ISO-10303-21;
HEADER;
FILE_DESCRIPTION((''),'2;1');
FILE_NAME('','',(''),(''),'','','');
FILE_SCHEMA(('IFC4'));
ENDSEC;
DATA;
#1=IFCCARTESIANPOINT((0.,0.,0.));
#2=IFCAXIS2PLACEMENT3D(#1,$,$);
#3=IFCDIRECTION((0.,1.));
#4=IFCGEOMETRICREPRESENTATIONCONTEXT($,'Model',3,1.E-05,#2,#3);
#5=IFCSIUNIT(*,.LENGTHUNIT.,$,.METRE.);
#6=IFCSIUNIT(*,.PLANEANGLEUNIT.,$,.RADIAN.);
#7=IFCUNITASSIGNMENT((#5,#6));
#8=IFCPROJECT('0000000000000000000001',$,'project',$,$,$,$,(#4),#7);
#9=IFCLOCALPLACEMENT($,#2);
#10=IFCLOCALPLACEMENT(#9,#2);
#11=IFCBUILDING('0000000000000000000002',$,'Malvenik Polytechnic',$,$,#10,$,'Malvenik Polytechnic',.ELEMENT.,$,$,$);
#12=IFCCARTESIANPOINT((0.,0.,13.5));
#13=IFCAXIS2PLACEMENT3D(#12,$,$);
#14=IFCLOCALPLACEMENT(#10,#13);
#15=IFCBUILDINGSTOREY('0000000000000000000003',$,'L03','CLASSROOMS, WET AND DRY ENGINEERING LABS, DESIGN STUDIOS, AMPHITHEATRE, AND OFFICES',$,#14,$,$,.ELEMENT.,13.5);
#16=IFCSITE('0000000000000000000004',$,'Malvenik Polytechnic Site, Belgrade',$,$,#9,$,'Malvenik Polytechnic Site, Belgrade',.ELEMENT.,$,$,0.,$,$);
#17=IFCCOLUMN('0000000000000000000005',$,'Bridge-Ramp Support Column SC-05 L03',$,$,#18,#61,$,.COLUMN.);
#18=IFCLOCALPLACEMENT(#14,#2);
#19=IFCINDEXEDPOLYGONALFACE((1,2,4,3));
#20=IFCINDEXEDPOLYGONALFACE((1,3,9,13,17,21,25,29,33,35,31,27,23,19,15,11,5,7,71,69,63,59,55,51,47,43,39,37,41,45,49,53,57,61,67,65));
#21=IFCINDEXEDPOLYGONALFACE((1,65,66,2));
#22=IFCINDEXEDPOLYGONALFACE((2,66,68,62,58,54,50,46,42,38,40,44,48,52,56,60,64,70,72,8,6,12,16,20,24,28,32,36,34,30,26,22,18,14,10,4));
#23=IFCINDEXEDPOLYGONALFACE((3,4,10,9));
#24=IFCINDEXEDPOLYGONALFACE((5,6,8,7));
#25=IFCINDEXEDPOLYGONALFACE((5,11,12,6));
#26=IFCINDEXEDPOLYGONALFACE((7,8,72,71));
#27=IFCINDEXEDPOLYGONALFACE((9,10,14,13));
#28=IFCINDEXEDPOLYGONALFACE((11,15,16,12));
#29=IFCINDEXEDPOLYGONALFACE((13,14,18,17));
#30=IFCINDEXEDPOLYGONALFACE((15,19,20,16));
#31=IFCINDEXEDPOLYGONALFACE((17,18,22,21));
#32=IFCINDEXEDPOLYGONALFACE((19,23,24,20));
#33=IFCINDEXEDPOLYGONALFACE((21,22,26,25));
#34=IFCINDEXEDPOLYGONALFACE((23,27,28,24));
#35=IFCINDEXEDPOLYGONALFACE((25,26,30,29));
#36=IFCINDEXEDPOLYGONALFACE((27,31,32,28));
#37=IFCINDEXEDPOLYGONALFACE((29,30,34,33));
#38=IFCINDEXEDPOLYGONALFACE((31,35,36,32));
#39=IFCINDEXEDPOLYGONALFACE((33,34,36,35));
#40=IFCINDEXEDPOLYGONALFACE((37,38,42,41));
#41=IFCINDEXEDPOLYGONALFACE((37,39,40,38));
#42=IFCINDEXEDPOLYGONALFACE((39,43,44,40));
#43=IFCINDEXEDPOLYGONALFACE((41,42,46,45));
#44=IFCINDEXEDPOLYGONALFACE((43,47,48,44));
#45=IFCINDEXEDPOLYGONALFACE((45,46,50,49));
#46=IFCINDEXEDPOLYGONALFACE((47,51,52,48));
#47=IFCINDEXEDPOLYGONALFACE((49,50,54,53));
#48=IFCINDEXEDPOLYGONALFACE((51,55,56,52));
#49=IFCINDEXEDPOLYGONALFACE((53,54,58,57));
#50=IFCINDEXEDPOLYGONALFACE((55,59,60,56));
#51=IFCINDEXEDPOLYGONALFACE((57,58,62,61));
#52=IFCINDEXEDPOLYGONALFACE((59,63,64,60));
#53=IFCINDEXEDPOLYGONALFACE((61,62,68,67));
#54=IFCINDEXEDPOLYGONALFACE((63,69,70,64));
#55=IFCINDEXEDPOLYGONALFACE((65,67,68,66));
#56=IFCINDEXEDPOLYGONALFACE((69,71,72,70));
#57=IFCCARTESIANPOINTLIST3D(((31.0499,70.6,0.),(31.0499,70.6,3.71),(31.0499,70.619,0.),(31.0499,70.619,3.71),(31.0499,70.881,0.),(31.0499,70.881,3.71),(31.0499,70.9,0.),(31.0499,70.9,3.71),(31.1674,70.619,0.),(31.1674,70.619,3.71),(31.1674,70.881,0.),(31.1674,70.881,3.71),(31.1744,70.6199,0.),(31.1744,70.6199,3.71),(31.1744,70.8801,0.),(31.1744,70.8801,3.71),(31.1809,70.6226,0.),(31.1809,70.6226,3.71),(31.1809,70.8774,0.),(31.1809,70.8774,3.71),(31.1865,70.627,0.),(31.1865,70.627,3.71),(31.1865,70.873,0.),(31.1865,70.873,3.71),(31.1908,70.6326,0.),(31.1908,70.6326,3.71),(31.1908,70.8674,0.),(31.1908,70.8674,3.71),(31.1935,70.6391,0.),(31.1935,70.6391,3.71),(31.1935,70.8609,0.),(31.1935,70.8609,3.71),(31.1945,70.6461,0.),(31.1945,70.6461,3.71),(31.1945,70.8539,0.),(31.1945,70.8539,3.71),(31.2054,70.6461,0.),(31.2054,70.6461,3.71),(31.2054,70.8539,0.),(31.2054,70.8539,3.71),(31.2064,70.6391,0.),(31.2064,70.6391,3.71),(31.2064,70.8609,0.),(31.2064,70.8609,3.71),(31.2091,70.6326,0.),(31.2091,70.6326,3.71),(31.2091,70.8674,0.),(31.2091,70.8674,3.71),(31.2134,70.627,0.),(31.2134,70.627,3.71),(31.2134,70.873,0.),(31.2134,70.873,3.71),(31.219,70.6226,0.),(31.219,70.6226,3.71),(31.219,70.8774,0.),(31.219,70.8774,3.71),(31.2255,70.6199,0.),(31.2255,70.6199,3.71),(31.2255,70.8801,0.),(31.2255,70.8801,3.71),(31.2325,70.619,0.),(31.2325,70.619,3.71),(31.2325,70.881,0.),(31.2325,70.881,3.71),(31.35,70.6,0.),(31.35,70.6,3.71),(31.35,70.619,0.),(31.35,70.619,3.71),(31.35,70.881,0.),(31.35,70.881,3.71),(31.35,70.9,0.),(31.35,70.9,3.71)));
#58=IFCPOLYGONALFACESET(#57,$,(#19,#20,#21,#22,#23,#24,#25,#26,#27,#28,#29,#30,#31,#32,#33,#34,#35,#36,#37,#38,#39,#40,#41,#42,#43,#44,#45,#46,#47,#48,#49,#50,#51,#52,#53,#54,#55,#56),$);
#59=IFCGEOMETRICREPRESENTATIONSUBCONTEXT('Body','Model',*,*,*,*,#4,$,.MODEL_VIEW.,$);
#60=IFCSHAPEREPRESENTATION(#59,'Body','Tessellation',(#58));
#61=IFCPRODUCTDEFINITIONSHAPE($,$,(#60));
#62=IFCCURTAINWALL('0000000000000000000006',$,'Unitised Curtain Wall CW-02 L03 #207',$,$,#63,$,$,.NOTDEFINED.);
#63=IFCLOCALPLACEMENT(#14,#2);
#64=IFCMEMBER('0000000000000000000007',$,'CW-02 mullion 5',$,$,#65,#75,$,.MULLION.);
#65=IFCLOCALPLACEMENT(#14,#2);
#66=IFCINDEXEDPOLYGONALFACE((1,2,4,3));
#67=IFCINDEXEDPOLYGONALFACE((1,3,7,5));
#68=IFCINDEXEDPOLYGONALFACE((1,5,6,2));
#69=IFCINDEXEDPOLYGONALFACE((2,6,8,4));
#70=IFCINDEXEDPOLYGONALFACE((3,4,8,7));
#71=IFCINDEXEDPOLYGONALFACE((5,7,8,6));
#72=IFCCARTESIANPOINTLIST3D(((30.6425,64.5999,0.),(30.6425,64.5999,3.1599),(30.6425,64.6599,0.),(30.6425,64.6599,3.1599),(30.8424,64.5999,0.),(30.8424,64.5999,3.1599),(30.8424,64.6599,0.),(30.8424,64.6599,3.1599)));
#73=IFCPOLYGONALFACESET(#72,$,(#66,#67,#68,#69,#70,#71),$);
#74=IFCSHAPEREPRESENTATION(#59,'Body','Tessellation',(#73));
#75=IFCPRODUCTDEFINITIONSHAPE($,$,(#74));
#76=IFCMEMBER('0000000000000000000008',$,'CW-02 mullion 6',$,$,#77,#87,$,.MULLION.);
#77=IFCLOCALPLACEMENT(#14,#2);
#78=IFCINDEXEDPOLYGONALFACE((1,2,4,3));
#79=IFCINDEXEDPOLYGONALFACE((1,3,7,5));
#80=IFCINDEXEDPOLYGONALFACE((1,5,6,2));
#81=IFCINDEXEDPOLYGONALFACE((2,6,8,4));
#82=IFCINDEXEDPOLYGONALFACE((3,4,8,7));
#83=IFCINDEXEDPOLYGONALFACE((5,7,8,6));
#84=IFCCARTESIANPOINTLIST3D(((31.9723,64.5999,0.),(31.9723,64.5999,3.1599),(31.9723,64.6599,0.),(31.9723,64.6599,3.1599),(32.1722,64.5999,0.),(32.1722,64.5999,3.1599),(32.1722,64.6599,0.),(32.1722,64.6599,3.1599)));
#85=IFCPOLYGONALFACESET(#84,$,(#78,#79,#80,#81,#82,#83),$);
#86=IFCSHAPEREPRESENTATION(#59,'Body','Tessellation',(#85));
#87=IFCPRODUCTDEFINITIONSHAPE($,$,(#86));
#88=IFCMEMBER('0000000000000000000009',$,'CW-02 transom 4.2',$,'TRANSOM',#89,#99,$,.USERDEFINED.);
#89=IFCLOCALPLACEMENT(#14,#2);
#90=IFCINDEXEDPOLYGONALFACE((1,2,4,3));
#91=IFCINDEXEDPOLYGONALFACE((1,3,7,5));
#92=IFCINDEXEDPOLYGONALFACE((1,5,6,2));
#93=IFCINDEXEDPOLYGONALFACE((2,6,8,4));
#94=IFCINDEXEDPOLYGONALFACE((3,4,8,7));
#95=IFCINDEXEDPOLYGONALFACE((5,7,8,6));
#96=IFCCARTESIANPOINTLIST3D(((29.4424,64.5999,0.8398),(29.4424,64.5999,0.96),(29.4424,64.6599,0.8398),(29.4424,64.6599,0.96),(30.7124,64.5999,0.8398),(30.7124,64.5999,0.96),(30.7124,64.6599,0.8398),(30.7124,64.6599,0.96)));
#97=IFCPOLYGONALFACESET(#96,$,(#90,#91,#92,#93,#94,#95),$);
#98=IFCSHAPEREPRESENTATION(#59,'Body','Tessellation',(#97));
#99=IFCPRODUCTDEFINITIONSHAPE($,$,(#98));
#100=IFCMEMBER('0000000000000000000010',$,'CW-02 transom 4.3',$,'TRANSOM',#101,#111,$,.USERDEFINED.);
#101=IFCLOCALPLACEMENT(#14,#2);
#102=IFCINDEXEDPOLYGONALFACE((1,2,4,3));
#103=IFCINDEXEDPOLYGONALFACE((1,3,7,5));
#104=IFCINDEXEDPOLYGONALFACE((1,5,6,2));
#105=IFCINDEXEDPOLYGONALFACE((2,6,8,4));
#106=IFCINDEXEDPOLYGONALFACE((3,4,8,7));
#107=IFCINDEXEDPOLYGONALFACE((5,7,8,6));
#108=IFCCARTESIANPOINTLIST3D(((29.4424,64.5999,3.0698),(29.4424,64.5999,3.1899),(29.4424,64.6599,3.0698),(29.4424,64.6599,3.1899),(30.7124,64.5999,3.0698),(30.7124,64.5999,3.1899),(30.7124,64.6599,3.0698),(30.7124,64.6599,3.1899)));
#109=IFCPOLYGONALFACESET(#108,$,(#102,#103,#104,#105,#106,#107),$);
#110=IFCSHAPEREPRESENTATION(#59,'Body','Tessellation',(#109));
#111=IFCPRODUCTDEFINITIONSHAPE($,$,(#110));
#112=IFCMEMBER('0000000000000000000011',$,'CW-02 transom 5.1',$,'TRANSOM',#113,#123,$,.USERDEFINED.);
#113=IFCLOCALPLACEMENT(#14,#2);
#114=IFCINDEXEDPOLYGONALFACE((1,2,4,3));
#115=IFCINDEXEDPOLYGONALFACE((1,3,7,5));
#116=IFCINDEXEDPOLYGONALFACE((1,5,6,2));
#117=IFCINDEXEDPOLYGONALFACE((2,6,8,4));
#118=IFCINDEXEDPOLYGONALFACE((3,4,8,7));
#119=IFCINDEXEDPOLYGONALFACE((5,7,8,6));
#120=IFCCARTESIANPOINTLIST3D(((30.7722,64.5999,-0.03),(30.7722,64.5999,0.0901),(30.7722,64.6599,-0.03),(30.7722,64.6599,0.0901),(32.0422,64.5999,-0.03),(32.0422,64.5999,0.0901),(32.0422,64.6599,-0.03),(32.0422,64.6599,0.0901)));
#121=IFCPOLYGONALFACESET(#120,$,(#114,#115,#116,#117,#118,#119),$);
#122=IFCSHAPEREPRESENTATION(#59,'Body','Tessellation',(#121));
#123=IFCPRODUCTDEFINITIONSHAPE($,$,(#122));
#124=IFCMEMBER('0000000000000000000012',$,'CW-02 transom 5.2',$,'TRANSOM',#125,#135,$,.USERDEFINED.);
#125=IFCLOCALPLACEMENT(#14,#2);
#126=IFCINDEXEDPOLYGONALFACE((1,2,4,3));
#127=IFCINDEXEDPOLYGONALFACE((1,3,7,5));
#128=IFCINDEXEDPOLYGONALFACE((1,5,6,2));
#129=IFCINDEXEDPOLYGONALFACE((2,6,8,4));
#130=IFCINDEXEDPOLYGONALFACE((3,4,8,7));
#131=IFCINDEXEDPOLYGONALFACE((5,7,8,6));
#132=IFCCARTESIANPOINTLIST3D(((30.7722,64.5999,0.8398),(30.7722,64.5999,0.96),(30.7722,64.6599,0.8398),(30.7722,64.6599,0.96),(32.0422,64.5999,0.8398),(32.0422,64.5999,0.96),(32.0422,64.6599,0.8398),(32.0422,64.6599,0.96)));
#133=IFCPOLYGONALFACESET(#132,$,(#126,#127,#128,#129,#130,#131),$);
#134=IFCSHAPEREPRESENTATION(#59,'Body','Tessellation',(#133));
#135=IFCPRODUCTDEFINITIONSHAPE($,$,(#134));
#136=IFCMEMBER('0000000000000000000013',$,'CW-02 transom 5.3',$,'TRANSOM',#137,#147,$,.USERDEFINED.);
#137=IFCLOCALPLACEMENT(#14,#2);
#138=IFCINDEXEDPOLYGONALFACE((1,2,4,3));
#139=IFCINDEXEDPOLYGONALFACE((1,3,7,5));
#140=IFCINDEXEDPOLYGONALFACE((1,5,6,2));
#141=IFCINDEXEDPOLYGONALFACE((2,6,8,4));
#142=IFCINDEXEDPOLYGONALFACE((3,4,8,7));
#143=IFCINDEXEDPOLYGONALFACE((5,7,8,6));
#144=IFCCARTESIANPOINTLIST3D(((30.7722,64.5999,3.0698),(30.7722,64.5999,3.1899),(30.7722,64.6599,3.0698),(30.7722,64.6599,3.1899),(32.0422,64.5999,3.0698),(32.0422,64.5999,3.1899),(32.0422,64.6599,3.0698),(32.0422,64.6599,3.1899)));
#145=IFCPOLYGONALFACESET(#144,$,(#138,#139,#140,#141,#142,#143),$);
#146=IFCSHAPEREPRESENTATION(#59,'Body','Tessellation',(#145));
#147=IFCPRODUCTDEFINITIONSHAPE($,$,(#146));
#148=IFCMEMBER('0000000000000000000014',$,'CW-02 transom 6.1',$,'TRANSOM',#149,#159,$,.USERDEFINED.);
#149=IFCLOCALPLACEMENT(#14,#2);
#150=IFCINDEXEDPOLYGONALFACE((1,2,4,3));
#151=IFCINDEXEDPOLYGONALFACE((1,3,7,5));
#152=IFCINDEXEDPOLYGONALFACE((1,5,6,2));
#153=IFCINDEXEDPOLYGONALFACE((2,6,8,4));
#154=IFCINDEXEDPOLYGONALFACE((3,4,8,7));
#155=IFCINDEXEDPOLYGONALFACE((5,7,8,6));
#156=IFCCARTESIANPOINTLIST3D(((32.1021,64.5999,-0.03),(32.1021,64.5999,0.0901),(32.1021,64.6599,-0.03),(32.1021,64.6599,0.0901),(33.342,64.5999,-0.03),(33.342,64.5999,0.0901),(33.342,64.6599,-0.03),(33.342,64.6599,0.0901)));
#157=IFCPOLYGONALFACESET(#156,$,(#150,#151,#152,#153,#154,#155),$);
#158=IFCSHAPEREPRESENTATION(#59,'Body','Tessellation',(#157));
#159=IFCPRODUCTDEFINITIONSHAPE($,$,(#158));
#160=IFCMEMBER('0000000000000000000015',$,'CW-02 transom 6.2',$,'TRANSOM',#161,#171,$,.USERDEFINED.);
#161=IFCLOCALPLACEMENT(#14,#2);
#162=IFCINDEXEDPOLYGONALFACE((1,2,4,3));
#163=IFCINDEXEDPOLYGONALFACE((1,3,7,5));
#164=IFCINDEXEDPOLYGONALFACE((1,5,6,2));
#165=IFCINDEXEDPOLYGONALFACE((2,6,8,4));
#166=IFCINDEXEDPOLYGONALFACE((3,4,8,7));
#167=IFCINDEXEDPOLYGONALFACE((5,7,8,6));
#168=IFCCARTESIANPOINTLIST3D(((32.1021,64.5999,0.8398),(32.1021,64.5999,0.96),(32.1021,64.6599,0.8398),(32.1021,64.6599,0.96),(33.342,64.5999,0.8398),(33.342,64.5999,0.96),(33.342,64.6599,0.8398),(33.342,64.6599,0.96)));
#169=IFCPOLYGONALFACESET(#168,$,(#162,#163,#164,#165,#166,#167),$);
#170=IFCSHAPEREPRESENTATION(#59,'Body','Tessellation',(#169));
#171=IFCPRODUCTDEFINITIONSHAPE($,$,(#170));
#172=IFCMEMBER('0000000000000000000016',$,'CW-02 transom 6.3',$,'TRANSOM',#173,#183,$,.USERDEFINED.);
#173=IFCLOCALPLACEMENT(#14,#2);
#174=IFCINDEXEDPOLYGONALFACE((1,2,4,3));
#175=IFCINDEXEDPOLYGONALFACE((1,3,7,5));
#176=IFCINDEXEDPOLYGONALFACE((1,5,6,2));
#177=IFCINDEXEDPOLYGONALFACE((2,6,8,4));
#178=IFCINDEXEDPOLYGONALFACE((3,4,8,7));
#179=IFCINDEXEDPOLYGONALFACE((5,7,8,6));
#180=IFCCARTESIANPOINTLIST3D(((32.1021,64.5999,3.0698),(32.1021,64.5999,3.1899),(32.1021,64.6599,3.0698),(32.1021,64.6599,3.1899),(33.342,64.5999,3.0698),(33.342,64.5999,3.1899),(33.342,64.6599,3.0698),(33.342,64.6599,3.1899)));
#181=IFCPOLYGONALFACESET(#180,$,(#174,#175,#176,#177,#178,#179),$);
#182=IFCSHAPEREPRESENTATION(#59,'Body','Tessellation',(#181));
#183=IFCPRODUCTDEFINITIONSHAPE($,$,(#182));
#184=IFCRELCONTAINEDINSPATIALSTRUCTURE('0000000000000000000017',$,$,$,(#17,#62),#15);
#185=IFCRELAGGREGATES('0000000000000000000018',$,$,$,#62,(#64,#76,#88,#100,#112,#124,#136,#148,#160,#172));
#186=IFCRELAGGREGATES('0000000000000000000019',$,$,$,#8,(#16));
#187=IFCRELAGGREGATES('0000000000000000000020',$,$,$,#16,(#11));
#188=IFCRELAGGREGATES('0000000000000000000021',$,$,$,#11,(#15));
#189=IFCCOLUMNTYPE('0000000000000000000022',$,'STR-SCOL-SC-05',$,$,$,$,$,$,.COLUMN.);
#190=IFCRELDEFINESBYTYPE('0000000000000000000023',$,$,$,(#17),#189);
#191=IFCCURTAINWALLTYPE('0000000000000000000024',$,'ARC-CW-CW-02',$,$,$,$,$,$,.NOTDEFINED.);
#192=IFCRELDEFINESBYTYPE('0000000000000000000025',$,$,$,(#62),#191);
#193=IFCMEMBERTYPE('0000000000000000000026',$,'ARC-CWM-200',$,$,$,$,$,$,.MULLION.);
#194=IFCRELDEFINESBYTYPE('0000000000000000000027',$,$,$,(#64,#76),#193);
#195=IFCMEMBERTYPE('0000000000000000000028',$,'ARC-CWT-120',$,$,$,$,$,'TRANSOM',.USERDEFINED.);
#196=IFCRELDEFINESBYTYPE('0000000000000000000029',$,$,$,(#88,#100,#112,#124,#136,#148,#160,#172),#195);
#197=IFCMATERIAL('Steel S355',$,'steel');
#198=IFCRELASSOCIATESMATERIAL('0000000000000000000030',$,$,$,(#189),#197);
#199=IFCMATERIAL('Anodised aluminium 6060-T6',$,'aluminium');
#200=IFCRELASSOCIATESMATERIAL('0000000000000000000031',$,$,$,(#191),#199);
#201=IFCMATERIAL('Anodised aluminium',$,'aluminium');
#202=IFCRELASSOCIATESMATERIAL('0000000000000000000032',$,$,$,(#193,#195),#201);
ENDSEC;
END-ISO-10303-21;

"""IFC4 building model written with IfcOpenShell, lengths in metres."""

from ifc_helpers import new_model, si_unit, direction, frame, origin, origin_2d, place, context, subcontext, project, spatial, rectangle, i_section, extrude, material, material_profile, profile_set, type_object, element, aggregate, save


model = new_model("IFC4")

# Units and contexts
model_context = context("Model", 3, precision=1e-05, world=origin(), true_north=direction((0.0, 1.0)))
body_context = subcontext(model_context, "Body", "Model", "MODEL_VIEW")
ifc_project = project(units=[si_unit("LENGTHUNIT", "METRE"), si_unit("PLANEANGLEUNIT", "RADIAN")], contexts=[model_context])

# Site, building, storey
site_placement = place(None, origin())
site = spatial("IfcSite", under=ifc_project, at=site_placement, Name="Malvenik Polytechnic Site, Belgrade", LongName="Malvenik Polytechnic Site, Belgrade", CompositionType="ELEMENT", RefElevation=0.0)
building_placement = place(site_placement, origin())
building = spatial("IfcBuilding", under=site, at=building_placement, Name="Malvenik Polytechnic", LongName="Malvenik Polytechnic", CompositionType="ELEMENT")
storey_placement = place(building_placement, frame((0.0, 0.0, 13.5)))
storey = spatial("IfcBuildingStorey", under=building, at=storey_placement, Name="L03", Description="CLASSROOMS, WET AND DRY ENGINEERING LABS, DESIGN STUDIOS, AMPHITHEATRE, AND OFFICES", CompositionType="ELEMENT", Elevation=13.5)

# Column
ifc_material_1 = material(Name="Steel S355", Category="steel")
ifc_material_profile_1 = material_profile(ifc_material_1, i_section(OverallWidth=0.3, OverallDepth=0.3, WebThickness=0.011, FlangeThickness=0.019, FilletRadius=0.0271, at=origin_2d()), Name="HEB 300")
ifc_profile_set_1 = profile_set([ifc_material_profile_1], Name="Steel S355")
column_type = type_object("IfcColumnType", Name="STR-SCOL-SC-05", PredefinedType="COLUMN", material=ifc_profile_set_1)
column_placement = place(storey_placement, frame((31.2, 70.75, 0.0), z_axis=(0.0, 0.0, 1.0), x_axis=(1.0, 0.0, 0.0)))
element("IfcColumn", 1, at=column_placement, inside=storey, type_object=column_type, Name="Bridge-Ramp Support Column SC-05 L03", PredefinedType="COLUMN", context=body_context, shape_type="SweptSolid", body=[
    extrude(i_section(OverallWidth=0.3, OverallDepth=0.3, WebThickness=0.011, FlangeThickness=0.019, FilletRadius=0.0271, at=origin_2d()), origin(), (0.0, 0.0, 1.0), 3.71),
])

# Curtain wall, members
ifc_material_2 = material(Name="Anodised aluminium 6060-T6", Category="aluminium")
curtain_wall_type = type_object("IfcCurtainWallType", Name="ARC-CW-CW-02", PredefinedType="NOTDEFINED", material=ifc_material_2)
curtain_wall_placement = place(storey_placement, origin())
curtain_wall = element("IfcCurtainWall", 2, at=curtain_wall_placement, inside=storey, type_object=curtain_wall_type, Name="Unitised Curtain Wall CW-02 L03 #207", PredefinedType="NOTDEFINED")
ifc_material_3 = material(Name="Anodised aluminium", Category="aluminium")
ifc_material_profile_2 = material_profile(ifc_material_3, rectangle(XDim=0.0601, YDim=0.2, at=origin_2d()), Name="ALU MULLION 60x200")
ifc_profile_set_2 = profile_set([ifc_material_profile_2], Name="Anodised aluminium")
member_type_1 = type_object("IfcMemberType", Name="ARC-CWM-200", PredefinedType="MULLION", material=ifc_profile_set_2)
member_1_placement = place(storey_placement, frame((30.7424, 64.6299, 0.0), z_axis=(0.0, 0.0, 1.0), x_axis=(0.0, 1.0, 0.0)))
member_1 = element("IfcMember", 3, at=member_1_placement, type_object=member_type_1, Name="CW-02 mullion 5", PredefinedType="MULLION", context=body_context, shape_type="SweptSolid", body=[
    extrude(rectangle(XDim=0.0601, YDim=0.2, at=origin_2d()), origin(), (0.0, 0.0, 1.0), 3.1599),
])
member_2_placement = place(storey_placement, frame((32.0723, 64.6299, 0.0), z_axis=(0.0, 0.0, 1.0), x_axis=(0.0, 1.0, 0.0)))
member_2 = element("IfcMember", 4, at=member_2_placement, type_object=member_type_1, Name="CW-02 mullion 6", PredefinedType="MULLION", context=body_context, shape_type="SweptSolid", body=[
    extrude(rectangle(XDim=0.0601, YDim=0.2, at=origin_2d()), origin(), (0.0, 0.0, 1.0), 3.1599),
])
ifc_material_profile_3 = material_profile(ifc_material_3, rectangle(XDim=0.0601, YDim=0.1201, at=origin_2d()), Name="ALU TRANSOM 60x120")
ifc_profile_set_3 = profile_set([ifc_material_profile_3], Name="Anodised aluminium")
member_type_2 = type_object("IfcMemberType", Name="ARC-CWT-120", ElementType="TRANSOM", PredefinedType="USERDEFINED", material=ifc_profile_set_3)
member_3_placement = place(storey_placement, frame((29.4424, 64.6299, 0.8999), z_axis=(1.0, 0.0, 0.0), x_axis=(0.0, 1.0, 0.0)))
member_3 = element("IfcMember", 5, at=member_3_placement, type_object=member_type_2, Name="CW-02 transom 4.2", ObjectType="TRANSOM", PredefinedType="USERDEFINED", context=body_context, shape_type="SweptSolid", body=[
    extrude(rectangle(XDim=0.0601, YDim=0.1201, at=origin_2d()), origin(), (0.0, 0.0, 1.0), 1.27),
])
member_4_placement = place(storey_placement, frame((29.4424, 64.6299, 3.1299), z_axis=(1.0, 0.0, 0.0), x_axis=(0.0, 1.0, 0.0)))
member_4 = element("IfcMember", 6, at=member_4_placement, type_object=member_type_2, Name="CW-02 transom 4.3", ObjectType="TRANSOM", PredefinedType="USERDEFINED", context=body_context, shape_type="SweptSolid", body=[
    extrude(rectangle(XDim=0.0601, YDim=0.1201, at=origin_2d()), origin(), (0.0, 0.0, 1.0), 1.27),
])
member_5_placement = place(storey_placement, frame((30.7722, 64.6299, 0.03), z_axis=(1.0, 0.0, 0.0), x_axis=(0.0, 1.0, 0.0)))
member_5 = element("IfcMember", 7, at=member_5_placement, type_object=member_type_2, Name="CW-02 transom 5.1", ObjectType="TRANSOM", PredefinedType="USERDEFINED", context=body_context, shape_type="SweptSolid", body=[
    extrude(rectangle(XDim=0.0601, YDim=0.1201, at=origin_2d()), origin(), (0.0, 0.0, 1.0), 1.27),
])
member_6_placement = place(storey_placement, frame((30.7722, 64.6299, 0.8999), z_axis=(1.0, 0.0, 0.0), x_axis=(0.0, 1.0, 0.0)))
member_6 = element("IfcMember", 8, at=member_6_placement, type_object=member_type_2, Name="CW-02 transom 5.2", ObjectType="TRANSOM", PredefinedType="USERDEFINED", context=body_context, shape_type="SweptSolid", body=[
    extrude(rectangle(XDim=0.0601, YDim=0.1201, at=origin_2d()), origin(), (0.0, 0.0, 1.0), 1.27),
])
member_7_placement = place(storey_placement, frame((30.7722, 64.6299, 3.1299), z_axis=(1.0, 0.0, 0.0), x_axis=(0.0, 1.0, 0.0)))
member_7 = element("IfcMember", 9, at=member_7_placement, type_object=member_type_2, Name="CW-02 transom 5.3", ObjectType="TRANSOM", PredefinedType="USERDEFINED", context=body_context, shape_type="SweptSolid", body=[
    extrude(rectangle(XDim=0.0601, YDim=0.1201, at=origin_2d()), origin(), (0.0, 0.0, 1.0), 1.27),
])
member_8_placement = place(storey_placement, frame((32.1021, 64.6299, 0.03), z_axis=(1.0, 0.0, 0.0), x_axis=(0.0, 1.0, 0.0)))
member_8 = element("IfcMember", 10, at=member_8_placement, type_object=member_type_2, Name="CW-02 transom 6.1", ObjectType="TRANSOM", PredefinedType="USERDEFINED", context=body_context, shape_type="SweptSolid", body=[
    extrude(rectangle(XDim=0.0601, YDim=0.1201, at=origin_2d()), origin(), (0.0, 0.0, 1.0), 1.24),
])
member_9_placement = place(storey_placement, frame((32.1021, 64.6299, 0.8999), z_axis=(1.0, 0.0, 0.0), x_axis=(0.0, 1.0, 0.0)))
member_9 = element("IfcMember", 11, at=member_9_placement, type_object=member_type_2, Name="CW-02 transom 6.2", ObjectType="TRANSOM", PredefinedType="USERDEFINED", context=body_context, shape_type="SweptSolid", body=[
    extrude(rectangle(XDim=0.0601, YDim=0.1201, at=origin_2d()), origin(), (0.0, 0.0, 1.0), 1.24),
])
member_10_placement = place(storey_placement, frame((32.1021, 64.6299, 3.1299), z_axis=(1.0, 0.0, 0.0), x_axis=(0.0, 1.0, 0.0)))
member_10 = element("IfcMember", 12, at=member_10_placement, type_object=member_type_2, Name="CW-02 transom 6.3", ObjectType="TRANSOM", PredefinedType="USERDEFINED", context=body_context, shape_type="SweptSolid", body=[
    extrude(rectangle(XDim=0.0601, YDim=0.1201, at=origin_2d()), origin(), (0.0, 0.0, 1.0), 1.24),
])

aggregate(curtain_wall, [member_1, member_2, member_3, member_4, member_5, member_6, member_7, member_8, member_9, member_10])

save(model, "model.ifc")
